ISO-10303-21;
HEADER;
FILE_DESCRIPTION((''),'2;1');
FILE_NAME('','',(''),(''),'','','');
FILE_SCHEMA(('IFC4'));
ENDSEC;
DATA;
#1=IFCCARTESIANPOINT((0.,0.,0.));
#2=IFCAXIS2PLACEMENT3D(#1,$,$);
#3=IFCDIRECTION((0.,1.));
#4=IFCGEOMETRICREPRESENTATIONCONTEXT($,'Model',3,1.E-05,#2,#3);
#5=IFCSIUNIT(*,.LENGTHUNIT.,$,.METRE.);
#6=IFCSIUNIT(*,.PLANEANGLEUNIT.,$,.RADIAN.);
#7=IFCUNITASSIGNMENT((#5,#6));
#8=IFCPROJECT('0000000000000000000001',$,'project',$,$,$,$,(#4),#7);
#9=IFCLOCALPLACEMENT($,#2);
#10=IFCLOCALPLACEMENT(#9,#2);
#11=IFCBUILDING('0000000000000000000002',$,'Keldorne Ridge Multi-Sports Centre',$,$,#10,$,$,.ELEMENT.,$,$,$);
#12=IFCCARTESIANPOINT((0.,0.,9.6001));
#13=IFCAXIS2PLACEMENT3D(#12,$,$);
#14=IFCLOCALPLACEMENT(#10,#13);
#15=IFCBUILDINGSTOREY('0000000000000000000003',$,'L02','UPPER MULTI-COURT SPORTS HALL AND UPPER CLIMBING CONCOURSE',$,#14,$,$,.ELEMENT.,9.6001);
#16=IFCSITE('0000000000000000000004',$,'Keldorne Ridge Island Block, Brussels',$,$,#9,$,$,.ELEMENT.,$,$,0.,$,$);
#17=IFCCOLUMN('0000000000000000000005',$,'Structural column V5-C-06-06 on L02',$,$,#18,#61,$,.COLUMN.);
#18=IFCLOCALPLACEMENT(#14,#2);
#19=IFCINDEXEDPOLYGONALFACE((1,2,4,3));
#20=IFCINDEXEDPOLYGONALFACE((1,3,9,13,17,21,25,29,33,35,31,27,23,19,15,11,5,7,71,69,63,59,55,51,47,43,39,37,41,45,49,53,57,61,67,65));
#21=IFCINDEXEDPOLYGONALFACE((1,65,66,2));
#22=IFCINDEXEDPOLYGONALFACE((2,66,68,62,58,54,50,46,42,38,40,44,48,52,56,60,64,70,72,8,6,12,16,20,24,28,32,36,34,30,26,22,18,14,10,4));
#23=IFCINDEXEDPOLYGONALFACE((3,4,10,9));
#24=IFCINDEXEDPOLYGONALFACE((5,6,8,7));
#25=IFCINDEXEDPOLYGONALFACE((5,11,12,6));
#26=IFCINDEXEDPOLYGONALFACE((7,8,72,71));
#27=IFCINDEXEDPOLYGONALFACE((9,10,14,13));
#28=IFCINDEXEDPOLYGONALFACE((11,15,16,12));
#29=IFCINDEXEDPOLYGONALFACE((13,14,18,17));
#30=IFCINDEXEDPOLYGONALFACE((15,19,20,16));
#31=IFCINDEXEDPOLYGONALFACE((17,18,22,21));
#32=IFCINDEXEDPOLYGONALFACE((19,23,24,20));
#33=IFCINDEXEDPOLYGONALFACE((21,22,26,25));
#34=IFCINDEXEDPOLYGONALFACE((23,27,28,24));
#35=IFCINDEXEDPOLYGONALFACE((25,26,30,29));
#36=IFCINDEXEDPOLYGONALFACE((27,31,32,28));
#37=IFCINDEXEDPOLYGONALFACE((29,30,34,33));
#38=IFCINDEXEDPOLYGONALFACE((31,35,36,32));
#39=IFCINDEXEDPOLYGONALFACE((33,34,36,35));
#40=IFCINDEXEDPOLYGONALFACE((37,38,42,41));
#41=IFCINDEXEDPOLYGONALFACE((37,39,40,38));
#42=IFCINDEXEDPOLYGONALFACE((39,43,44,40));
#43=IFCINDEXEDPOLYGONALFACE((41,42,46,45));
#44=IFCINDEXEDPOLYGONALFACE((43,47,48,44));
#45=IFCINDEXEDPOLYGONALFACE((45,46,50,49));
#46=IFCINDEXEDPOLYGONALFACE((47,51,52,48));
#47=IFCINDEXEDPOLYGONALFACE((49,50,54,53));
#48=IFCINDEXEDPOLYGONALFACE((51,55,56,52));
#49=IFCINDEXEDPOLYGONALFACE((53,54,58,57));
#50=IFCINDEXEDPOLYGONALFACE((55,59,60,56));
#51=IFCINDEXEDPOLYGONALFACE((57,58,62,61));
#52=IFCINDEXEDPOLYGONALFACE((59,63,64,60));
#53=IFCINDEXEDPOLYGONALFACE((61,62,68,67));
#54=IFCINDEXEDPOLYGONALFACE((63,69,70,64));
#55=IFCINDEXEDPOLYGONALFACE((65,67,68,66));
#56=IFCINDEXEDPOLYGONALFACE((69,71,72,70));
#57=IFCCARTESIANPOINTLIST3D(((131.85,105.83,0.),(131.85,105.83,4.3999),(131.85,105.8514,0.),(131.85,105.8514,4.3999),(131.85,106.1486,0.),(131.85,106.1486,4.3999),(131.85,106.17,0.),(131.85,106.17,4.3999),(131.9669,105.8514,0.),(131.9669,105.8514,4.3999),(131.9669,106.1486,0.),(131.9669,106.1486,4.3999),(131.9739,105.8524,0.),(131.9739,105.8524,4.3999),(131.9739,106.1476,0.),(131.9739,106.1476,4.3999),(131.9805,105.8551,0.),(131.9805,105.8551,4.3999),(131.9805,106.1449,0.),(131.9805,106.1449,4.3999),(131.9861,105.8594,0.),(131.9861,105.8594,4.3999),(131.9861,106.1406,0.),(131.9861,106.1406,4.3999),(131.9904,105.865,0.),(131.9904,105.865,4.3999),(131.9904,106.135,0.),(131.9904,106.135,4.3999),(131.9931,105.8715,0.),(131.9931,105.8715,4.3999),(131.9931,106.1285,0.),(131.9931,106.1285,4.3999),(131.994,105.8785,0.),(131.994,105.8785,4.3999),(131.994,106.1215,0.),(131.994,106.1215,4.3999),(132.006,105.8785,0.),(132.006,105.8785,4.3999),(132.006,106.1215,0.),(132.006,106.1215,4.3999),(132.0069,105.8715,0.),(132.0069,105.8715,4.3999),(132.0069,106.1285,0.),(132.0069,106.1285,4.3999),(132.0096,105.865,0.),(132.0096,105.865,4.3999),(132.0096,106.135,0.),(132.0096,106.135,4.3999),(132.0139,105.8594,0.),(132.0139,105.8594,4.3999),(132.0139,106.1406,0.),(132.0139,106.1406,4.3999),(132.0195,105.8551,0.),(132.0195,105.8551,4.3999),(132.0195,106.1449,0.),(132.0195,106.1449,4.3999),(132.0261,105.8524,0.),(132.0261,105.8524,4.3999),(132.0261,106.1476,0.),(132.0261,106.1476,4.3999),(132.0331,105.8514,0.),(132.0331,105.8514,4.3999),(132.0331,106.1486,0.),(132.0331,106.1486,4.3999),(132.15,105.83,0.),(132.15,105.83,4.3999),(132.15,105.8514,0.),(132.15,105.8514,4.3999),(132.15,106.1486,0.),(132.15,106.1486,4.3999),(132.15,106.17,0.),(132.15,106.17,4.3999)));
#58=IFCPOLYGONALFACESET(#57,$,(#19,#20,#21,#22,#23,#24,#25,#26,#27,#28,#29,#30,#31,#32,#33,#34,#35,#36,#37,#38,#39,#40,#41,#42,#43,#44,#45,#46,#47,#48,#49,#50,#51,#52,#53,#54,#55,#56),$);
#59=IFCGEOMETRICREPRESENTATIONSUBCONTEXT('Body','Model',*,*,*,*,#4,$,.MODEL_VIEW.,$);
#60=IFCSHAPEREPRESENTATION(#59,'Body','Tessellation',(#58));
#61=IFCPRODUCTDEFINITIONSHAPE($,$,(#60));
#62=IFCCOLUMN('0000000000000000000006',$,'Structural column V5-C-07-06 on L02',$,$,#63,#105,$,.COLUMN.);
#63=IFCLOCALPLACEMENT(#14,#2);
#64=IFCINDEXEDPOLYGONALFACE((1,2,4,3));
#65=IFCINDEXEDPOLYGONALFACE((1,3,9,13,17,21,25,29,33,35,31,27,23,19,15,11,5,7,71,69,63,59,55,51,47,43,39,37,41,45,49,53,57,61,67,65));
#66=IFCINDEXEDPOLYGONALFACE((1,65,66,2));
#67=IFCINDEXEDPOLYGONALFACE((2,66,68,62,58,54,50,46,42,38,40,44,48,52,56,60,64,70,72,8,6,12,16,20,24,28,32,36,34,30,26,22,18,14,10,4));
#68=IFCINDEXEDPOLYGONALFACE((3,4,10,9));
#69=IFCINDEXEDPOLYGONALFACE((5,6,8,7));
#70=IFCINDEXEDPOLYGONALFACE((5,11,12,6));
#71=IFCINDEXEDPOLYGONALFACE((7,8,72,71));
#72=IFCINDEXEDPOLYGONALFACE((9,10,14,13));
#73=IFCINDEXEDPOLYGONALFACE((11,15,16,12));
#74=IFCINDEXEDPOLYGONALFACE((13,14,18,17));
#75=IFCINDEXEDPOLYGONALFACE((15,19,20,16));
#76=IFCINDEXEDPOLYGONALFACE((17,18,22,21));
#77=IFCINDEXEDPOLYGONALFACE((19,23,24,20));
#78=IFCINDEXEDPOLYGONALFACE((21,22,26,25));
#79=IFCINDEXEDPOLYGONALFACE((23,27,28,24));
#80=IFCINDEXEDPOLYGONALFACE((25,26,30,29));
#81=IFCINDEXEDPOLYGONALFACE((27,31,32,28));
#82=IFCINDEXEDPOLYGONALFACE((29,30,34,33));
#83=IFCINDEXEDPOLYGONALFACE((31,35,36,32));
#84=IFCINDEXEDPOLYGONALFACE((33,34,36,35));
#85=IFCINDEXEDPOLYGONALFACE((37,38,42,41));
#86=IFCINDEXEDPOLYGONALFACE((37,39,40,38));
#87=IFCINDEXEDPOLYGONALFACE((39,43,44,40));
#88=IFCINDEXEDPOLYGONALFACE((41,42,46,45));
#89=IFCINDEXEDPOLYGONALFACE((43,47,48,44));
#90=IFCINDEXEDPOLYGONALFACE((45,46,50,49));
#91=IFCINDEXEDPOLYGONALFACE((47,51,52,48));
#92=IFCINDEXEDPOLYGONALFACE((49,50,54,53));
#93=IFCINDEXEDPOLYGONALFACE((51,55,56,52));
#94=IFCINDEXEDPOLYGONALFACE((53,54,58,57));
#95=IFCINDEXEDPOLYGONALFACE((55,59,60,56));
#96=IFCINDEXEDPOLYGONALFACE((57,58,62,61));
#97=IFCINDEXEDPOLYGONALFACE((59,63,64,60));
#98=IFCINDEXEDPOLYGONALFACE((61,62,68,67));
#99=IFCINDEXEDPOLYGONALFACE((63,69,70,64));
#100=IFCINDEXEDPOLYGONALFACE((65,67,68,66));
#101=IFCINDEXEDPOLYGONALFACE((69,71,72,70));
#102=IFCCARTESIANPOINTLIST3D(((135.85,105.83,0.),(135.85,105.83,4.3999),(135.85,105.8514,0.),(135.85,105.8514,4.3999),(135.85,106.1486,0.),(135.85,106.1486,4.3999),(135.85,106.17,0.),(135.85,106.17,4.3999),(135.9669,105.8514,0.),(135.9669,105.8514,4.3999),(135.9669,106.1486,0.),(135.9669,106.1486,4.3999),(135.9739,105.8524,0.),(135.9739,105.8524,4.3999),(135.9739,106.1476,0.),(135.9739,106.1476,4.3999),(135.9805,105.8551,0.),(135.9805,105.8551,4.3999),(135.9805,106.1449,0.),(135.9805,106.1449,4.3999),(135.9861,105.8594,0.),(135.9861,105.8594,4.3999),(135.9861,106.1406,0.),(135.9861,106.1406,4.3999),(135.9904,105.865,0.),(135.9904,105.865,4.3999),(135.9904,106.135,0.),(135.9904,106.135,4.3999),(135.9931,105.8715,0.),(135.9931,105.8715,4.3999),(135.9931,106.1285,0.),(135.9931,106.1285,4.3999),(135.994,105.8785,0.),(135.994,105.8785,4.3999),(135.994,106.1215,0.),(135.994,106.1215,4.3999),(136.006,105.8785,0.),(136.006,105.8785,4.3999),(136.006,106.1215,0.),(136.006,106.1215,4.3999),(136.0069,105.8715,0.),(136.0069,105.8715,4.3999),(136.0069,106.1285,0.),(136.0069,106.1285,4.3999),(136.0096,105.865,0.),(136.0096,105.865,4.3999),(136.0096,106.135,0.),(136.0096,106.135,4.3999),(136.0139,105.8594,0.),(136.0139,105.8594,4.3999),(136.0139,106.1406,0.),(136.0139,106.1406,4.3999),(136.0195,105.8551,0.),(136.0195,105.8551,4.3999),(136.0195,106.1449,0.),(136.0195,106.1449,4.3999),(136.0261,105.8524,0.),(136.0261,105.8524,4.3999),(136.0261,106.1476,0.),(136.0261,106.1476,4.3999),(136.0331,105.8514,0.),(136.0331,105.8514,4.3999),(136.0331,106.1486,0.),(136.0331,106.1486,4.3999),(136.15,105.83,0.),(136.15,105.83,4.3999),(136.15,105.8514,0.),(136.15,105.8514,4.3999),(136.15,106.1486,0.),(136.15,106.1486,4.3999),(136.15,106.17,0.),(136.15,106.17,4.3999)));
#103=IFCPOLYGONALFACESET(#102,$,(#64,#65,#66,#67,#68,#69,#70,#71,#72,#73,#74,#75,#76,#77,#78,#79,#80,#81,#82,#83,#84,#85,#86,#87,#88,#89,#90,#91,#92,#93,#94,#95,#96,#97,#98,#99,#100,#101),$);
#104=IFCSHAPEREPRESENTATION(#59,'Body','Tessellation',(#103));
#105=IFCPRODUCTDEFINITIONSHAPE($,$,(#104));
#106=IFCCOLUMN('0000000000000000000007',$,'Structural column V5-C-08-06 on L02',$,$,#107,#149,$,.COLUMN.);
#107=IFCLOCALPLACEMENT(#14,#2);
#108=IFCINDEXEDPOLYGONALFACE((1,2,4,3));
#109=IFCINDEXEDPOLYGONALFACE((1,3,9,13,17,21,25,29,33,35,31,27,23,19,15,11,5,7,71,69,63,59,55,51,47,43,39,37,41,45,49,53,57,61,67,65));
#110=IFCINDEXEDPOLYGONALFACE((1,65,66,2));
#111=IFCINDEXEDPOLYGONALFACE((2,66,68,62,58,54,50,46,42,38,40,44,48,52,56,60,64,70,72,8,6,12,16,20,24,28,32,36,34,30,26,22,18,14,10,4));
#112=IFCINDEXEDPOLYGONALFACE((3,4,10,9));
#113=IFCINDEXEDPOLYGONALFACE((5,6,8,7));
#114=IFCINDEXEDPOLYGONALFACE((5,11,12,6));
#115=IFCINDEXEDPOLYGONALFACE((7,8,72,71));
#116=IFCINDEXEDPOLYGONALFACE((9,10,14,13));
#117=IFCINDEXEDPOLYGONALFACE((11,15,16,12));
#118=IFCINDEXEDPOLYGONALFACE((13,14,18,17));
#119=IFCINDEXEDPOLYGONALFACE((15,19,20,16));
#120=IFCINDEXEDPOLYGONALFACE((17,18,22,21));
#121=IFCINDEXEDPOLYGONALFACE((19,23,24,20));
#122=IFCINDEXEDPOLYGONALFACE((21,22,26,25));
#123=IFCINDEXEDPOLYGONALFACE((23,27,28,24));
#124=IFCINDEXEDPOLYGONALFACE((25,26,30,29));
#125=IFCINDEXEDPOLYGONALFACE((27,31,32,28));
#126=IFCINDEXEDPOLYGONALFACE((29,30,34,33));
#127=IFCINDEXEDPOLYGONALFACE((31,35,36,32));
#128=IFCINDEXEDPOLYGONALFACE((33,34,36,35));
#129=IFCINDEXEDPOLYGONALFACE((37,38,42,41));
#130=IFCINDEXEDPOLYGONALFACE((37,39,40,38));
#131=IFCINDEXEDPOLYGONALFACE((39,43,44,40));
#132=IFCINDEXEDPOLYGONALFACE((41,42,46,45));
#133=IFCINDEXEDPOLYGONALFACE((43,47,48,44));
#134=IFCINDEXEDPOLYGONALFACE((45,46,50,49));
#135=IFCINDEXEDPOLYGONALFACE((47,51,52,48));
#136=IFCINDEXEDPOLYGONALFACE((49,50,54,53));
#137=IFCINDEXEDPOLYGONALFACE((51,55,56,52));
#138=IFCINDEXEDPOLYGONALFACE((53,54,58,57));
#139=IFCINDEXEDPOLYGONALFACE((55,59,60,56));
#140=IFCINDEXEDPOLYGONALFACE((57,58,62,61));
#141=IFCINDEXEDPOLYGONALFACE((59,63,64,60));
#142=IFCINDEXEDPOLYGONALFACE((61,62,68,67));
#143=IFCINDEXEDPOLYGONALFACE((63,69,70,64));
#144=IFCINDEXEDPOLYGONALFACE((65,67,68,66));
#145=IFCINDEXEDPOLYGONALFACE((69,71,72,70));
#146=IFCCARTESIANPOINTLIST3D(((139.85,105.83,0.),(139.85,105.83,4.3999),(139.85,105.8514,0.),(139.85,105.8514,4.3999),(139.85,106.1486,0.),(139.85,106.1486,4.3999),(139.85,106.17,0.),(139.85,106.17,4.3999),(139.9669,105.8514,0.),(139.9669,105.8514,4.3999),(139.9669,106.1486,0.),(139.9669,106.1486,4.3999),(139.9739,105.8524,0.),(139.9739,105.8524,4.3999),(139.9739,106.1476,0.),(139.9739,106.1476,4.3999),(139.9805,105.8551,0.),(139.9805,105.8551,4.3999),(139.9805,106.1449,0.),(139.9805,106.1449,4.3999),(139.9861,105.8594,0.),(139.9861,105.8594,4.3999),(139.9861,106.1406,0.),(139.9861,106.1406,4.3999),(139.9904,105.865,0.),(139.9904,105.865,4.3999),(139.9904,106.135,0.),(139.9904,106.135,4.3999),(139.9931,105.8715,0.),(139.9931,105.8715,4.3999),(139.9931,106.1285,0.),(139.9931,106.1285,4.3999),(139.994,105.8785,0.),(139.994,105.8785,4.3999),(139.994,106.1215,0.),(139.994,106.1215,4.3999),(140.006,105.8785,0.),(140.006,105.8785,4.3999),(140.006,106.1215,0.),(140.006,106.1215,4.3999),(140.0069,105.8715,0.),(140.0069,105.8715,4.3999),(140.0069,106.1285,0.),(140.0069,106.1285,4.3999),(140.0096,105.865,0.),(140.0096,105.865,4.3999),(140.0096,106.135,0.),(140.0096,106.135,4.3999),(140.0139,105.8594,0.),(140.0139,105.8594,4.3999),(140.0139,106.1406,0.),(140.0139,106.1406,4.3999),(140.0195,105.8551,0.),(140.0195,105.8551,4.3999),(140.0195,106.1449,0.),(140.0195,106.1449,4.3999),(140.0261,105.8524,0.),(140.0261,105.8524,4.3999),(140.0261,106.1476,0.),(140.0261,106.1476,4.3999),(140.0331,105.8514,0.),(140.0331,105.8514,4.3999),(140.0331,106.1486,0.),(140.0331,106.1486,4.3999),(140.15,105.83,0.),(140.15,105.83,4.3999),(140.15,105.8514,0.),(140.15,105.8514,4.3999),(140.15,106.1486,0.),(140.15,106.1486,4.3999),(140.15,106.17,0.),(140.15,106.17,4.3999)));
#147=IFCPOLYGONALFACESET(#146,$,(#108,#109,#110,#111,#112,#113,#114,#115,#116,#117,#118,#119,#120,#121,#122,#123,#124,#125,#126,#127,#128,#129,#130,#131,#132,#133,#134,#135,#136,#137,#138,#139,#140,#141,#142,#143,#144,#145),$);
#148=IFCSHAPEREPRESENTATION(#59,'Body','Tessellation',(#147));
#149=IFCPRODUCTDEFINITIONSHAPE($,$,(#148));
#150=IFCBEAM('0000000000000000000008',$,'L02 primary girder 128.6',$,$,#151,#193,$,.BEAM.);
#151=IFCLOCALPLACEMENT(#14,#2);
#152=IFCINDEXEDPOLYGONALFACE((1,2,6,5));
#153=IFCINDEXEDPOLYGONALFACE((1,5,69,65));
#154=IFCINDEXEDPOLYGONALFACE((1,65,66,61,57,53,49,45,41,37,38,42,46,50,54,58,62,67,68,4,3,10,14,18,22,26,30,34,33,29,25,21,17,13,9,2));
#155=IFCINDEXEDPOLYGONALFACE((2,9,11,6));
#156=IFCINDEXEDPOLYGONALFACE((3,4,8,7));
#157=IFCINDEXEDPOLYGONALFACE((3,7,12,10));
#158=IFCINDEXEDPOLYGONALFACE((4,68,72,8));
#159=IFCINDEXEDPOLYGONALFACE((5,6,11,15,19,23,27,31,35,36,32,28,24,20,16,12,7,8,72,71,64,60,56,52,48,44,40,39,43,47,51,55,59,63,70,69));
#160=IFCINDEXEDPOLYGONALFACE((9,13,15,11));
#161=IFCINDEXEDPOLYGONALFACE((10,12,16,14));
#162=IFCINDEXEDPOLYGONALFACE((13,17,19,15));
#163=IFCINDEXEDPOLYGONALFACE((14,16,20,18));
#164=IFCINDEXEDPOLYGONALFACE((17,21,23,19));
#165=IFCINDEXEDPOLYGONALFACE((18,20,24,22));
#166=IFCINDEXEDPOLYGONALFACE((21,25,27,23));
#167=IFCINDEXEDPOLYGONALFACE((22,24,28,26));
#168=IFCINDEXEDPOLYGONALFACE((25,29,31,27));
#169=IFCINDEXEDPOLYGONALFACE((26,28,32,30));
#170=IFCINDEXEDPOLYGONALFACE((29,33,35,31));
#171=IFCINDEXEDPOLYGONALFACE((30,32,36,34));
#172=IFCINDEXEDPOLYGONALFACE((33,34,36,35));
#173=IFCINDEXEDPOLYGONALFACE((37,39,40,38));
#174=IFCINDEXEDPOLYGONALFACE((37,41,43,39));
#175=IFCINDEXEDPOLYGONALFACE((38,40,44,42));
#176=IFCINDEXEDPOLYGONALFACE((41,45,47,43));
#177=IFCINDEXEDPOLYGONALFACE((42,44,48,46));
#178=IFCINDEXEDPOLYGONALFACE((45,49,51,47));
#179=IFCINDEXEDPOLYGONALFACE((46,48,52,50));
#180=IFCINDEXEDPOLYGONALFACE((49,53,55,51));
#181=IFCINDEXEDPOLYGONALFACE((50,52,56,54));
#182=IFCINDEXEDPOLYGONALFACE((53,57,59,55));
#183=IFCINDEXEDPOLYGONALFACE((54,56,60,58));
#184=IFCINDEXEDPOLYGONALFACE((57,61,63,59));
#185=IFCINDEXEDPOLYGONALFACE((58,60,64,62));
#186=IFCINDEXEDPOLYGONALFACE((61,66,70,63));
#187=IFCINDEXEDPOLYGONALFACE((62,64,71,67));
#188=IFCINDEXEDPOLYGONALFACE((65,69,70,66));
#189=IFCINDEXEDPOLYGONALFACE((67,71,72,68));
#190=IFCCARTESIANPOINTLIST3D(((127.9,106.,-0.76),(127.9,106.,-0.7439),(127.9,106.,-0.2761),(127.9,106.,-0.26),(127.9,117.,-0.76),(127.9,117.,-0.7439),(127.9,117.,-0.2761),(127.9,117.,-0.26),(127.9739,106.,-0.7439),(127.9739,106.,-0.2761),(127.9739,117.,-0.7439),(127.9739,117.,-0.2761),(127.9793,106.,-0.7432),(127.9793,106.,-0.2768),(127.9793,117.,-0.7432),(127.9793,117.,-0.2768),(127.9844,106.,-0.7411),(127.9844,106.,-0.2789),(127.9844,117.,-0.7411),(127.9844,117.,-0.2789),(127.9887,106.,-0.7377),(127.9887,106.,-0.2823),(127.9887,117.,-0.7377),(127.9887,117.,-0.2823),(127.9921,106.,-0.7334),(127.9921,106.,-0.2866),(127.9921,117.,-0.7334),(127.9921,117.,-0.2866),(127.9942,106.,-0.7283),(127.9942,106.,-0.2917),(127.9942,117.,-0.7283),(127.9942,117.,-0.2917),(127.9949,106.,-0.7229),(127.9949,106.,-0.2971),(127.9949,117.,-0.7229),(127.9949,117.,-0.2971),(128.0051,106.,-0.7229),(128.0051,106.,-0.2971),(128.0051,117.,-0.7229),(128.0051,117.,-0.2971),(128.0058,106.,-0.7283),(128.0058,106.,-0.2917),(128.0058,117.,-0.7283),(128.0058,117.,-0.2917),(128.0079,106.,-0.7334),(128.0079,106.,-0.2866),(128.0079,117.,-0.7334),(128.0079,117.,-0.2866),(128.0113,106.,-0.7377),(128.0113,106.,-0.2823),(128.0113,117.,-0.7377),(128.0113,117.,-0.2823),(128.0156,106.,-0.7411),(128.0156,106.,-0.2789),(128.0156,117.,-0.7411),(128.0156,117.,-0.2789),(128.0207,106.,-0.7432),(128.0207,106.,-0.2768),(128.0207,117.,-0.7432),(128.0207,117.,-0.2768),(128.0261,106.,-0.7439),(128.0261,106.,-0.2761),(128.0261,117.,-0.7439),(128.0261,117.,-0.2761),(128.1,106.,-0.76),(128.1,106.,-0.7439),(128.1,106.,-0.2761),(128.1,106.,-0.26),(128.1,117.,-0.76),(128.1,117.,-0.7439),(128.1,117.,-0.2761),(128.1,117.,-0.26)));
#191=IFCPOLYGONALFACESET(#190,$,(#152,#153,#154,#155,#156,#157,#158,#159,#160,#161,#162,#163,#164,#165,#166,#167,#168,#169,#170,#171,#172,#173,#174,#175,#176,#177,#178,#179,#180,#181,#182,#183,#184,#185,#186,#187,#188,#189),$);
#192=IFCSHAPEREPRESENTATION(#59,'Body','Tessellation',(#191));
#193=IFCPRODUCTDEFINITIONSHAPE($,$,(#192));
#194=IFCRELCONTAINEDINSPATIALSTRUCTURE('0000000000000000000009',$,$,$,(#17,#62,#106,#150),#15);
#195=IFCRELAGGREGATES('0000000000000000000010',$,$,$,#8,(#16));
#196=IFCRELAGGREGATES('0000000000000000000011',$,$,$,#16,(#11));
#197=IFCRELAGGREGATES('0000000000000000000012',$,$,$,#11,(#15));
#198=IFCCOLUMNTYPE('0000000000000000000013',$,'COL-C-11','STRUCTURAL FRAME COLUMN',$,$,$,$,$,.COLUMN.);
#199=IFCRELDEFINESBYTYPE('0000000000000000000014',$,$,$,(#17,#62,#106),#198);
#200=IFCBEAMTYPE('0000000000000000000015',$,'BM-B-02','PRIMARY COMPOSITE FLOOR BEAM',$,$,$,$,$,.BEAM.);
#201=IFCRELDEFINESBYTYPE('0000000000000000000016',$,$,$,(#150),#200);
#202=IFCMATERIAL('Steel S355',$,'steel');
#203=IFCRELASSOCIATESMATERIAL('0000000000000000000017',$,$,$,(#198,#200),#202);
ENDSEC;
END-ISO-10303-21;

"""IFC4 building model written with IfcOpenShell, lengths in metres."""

from ifc_helpers import new_model, si_unit, direction, frame, origin, origin_2d, place, context, subcontext, project, spatial, i_section, extrude, material, material_profile, profile_set, type_object, element, save


model = new_model("IFC4")

# Units and contexts
model_context = context("Model", 3, precision=1e-05, world=origin(), true_north=direction((0.0, 1.0)))
body_context = subcontext(model_context, "Body", "Model", "MODEL_VIEW")
ifc_project = project(units=[si_unit("LENGTHUNIT", "METRE"), si_unit("PLANEANGLEUNIT", "RADIAN")], contexts=[model_context])

# Site, building, storey
site_placement = place(None, origin())
site = spatial("IfcSite", under=ifc_project, at=site_placement, Name="Keldorne Ridge Island Block, Brussels", CompositionType="ELEMENT", RefElevation=0.0)
building_placement = place(site_placement, origin())
building = spatial("IfcBuilding", under=site, at=building_placement, Name="Keldorne Ridge Multi-Sports Centre", CompositionType="ELEMENT")
storey_placement = place(building_placement, frame((0.0, 0.0, 9.6001)))
storey = spatial("IfcBuildingStorey", under=building, at=storey_placement, Name="L02", Description="UPPER MULTI-COURT SPORTS HALL AND UPPER CLIMBING CONCOURSE", CompositionType="ELEMENT", Elevation=9.6001)

# Columns
ifc_material_1 = material(Name="Steel S355", Category="steel")
ifc_material_profile_1 = material_profile(ifc_material_1, i_section(OverallWidth=0.3, OverallDepth=0.3401, WebThickness=0.012, FlangeThickness=0.0215, FilletRadius=0.0271, at=origin_2d()), Name="HEB 340")
ifc_profile_set_1 = profile_set([ifc_material_profile_1], Name="Steel S355")
column_type = type_object("IfcColumnType", Name="COL-C-11", Description="STRUCTURAL FRAME COLUMN", PredefinedType="COLUMN", material=ifc_profile_set_1)
for number, where, z_axis, x_axis, name in (
    (1, (132.0, 106.0, 0.0), (0.0, 0.0, 1.0), (1.0, 0.0, 0.0), "Structural column V5-C-06-06 on L02"),
    (2, (136.0, 106.0, 0.0), (0.0, 0.0, 1.0), (1.0, 0.0, 0.0), "Structural column V5-C-07-06 on L02"),
    (3, (140.0, 106.0, 0.0), (0.0, 0.0, 1.0), (1.0, 0.0, 0.0), "Structural column V5-C-08-06 on L02"),
):
    element("IfcColumn", number, at=place(storey_placement, frame(where, z_axis=z_axis, x_axis=x_axis)), inside=storey, type_object=column_type, Name=name, PredefinedType="COLUMN", context=body_context, shape_type="SweptSolid", body=[
        extrude(i_section(OverallWidth=0.3, OverallDepth=0.3401, WebThickness=0.012, FlangeThickness=0.0215, FilletRadius=0.0271, at=origin_2d()), origin(), (0.0, 0.0, 1.0), 4.3999),
    ])

# Beam
ifc_material_profile_2 = material_profile(ifc_material_1, i_section(OverallWidth=0.2, OverallDepth=0.5, WebThickness=0.0103, FlangeThickness=0.0161, FilletRadius=0.021, at=origin_2d()), Name="IPE 500")
ifc_profile_set_2 = profile_set([ifc_material_profile_2], Name="Steel S355")
beam_type_1 = type_object("IfcBeamType", Name="BM-B-02", Description="PRIMARY COMPOSITE FLOOR BEAM", PredefinedType="BEAM", material=ifc_profile_set_2)
for number, where, z_axis, x_axis, name in (
    (4, (128.0, 106.0, -0.51), (0.0, 1.0, 0.0), (-1.0, 0.0, 0.0), "L02 primary girder 128.6"),
):
    element("IfcBeam", number, at=place(storey_placement, frame(where, z_axis=z_axis, x_axis=x_axis)), inside=storey, type_object=beam_type_1, Name=name, PredefinedType="BEAM", context=body_context, shape_type="SweptSolid", body=[
        extrude(i_section(OverallWidth=0.2, OverallDepth=0.5, WebThickness=0.0103, FlangeThickness=0.0161, FilletRadius=0.021, at=origin_2d()), origin(), (0.0, 0.0, 1.0), 11.0),
    ])

save(model, "model.ifc")
